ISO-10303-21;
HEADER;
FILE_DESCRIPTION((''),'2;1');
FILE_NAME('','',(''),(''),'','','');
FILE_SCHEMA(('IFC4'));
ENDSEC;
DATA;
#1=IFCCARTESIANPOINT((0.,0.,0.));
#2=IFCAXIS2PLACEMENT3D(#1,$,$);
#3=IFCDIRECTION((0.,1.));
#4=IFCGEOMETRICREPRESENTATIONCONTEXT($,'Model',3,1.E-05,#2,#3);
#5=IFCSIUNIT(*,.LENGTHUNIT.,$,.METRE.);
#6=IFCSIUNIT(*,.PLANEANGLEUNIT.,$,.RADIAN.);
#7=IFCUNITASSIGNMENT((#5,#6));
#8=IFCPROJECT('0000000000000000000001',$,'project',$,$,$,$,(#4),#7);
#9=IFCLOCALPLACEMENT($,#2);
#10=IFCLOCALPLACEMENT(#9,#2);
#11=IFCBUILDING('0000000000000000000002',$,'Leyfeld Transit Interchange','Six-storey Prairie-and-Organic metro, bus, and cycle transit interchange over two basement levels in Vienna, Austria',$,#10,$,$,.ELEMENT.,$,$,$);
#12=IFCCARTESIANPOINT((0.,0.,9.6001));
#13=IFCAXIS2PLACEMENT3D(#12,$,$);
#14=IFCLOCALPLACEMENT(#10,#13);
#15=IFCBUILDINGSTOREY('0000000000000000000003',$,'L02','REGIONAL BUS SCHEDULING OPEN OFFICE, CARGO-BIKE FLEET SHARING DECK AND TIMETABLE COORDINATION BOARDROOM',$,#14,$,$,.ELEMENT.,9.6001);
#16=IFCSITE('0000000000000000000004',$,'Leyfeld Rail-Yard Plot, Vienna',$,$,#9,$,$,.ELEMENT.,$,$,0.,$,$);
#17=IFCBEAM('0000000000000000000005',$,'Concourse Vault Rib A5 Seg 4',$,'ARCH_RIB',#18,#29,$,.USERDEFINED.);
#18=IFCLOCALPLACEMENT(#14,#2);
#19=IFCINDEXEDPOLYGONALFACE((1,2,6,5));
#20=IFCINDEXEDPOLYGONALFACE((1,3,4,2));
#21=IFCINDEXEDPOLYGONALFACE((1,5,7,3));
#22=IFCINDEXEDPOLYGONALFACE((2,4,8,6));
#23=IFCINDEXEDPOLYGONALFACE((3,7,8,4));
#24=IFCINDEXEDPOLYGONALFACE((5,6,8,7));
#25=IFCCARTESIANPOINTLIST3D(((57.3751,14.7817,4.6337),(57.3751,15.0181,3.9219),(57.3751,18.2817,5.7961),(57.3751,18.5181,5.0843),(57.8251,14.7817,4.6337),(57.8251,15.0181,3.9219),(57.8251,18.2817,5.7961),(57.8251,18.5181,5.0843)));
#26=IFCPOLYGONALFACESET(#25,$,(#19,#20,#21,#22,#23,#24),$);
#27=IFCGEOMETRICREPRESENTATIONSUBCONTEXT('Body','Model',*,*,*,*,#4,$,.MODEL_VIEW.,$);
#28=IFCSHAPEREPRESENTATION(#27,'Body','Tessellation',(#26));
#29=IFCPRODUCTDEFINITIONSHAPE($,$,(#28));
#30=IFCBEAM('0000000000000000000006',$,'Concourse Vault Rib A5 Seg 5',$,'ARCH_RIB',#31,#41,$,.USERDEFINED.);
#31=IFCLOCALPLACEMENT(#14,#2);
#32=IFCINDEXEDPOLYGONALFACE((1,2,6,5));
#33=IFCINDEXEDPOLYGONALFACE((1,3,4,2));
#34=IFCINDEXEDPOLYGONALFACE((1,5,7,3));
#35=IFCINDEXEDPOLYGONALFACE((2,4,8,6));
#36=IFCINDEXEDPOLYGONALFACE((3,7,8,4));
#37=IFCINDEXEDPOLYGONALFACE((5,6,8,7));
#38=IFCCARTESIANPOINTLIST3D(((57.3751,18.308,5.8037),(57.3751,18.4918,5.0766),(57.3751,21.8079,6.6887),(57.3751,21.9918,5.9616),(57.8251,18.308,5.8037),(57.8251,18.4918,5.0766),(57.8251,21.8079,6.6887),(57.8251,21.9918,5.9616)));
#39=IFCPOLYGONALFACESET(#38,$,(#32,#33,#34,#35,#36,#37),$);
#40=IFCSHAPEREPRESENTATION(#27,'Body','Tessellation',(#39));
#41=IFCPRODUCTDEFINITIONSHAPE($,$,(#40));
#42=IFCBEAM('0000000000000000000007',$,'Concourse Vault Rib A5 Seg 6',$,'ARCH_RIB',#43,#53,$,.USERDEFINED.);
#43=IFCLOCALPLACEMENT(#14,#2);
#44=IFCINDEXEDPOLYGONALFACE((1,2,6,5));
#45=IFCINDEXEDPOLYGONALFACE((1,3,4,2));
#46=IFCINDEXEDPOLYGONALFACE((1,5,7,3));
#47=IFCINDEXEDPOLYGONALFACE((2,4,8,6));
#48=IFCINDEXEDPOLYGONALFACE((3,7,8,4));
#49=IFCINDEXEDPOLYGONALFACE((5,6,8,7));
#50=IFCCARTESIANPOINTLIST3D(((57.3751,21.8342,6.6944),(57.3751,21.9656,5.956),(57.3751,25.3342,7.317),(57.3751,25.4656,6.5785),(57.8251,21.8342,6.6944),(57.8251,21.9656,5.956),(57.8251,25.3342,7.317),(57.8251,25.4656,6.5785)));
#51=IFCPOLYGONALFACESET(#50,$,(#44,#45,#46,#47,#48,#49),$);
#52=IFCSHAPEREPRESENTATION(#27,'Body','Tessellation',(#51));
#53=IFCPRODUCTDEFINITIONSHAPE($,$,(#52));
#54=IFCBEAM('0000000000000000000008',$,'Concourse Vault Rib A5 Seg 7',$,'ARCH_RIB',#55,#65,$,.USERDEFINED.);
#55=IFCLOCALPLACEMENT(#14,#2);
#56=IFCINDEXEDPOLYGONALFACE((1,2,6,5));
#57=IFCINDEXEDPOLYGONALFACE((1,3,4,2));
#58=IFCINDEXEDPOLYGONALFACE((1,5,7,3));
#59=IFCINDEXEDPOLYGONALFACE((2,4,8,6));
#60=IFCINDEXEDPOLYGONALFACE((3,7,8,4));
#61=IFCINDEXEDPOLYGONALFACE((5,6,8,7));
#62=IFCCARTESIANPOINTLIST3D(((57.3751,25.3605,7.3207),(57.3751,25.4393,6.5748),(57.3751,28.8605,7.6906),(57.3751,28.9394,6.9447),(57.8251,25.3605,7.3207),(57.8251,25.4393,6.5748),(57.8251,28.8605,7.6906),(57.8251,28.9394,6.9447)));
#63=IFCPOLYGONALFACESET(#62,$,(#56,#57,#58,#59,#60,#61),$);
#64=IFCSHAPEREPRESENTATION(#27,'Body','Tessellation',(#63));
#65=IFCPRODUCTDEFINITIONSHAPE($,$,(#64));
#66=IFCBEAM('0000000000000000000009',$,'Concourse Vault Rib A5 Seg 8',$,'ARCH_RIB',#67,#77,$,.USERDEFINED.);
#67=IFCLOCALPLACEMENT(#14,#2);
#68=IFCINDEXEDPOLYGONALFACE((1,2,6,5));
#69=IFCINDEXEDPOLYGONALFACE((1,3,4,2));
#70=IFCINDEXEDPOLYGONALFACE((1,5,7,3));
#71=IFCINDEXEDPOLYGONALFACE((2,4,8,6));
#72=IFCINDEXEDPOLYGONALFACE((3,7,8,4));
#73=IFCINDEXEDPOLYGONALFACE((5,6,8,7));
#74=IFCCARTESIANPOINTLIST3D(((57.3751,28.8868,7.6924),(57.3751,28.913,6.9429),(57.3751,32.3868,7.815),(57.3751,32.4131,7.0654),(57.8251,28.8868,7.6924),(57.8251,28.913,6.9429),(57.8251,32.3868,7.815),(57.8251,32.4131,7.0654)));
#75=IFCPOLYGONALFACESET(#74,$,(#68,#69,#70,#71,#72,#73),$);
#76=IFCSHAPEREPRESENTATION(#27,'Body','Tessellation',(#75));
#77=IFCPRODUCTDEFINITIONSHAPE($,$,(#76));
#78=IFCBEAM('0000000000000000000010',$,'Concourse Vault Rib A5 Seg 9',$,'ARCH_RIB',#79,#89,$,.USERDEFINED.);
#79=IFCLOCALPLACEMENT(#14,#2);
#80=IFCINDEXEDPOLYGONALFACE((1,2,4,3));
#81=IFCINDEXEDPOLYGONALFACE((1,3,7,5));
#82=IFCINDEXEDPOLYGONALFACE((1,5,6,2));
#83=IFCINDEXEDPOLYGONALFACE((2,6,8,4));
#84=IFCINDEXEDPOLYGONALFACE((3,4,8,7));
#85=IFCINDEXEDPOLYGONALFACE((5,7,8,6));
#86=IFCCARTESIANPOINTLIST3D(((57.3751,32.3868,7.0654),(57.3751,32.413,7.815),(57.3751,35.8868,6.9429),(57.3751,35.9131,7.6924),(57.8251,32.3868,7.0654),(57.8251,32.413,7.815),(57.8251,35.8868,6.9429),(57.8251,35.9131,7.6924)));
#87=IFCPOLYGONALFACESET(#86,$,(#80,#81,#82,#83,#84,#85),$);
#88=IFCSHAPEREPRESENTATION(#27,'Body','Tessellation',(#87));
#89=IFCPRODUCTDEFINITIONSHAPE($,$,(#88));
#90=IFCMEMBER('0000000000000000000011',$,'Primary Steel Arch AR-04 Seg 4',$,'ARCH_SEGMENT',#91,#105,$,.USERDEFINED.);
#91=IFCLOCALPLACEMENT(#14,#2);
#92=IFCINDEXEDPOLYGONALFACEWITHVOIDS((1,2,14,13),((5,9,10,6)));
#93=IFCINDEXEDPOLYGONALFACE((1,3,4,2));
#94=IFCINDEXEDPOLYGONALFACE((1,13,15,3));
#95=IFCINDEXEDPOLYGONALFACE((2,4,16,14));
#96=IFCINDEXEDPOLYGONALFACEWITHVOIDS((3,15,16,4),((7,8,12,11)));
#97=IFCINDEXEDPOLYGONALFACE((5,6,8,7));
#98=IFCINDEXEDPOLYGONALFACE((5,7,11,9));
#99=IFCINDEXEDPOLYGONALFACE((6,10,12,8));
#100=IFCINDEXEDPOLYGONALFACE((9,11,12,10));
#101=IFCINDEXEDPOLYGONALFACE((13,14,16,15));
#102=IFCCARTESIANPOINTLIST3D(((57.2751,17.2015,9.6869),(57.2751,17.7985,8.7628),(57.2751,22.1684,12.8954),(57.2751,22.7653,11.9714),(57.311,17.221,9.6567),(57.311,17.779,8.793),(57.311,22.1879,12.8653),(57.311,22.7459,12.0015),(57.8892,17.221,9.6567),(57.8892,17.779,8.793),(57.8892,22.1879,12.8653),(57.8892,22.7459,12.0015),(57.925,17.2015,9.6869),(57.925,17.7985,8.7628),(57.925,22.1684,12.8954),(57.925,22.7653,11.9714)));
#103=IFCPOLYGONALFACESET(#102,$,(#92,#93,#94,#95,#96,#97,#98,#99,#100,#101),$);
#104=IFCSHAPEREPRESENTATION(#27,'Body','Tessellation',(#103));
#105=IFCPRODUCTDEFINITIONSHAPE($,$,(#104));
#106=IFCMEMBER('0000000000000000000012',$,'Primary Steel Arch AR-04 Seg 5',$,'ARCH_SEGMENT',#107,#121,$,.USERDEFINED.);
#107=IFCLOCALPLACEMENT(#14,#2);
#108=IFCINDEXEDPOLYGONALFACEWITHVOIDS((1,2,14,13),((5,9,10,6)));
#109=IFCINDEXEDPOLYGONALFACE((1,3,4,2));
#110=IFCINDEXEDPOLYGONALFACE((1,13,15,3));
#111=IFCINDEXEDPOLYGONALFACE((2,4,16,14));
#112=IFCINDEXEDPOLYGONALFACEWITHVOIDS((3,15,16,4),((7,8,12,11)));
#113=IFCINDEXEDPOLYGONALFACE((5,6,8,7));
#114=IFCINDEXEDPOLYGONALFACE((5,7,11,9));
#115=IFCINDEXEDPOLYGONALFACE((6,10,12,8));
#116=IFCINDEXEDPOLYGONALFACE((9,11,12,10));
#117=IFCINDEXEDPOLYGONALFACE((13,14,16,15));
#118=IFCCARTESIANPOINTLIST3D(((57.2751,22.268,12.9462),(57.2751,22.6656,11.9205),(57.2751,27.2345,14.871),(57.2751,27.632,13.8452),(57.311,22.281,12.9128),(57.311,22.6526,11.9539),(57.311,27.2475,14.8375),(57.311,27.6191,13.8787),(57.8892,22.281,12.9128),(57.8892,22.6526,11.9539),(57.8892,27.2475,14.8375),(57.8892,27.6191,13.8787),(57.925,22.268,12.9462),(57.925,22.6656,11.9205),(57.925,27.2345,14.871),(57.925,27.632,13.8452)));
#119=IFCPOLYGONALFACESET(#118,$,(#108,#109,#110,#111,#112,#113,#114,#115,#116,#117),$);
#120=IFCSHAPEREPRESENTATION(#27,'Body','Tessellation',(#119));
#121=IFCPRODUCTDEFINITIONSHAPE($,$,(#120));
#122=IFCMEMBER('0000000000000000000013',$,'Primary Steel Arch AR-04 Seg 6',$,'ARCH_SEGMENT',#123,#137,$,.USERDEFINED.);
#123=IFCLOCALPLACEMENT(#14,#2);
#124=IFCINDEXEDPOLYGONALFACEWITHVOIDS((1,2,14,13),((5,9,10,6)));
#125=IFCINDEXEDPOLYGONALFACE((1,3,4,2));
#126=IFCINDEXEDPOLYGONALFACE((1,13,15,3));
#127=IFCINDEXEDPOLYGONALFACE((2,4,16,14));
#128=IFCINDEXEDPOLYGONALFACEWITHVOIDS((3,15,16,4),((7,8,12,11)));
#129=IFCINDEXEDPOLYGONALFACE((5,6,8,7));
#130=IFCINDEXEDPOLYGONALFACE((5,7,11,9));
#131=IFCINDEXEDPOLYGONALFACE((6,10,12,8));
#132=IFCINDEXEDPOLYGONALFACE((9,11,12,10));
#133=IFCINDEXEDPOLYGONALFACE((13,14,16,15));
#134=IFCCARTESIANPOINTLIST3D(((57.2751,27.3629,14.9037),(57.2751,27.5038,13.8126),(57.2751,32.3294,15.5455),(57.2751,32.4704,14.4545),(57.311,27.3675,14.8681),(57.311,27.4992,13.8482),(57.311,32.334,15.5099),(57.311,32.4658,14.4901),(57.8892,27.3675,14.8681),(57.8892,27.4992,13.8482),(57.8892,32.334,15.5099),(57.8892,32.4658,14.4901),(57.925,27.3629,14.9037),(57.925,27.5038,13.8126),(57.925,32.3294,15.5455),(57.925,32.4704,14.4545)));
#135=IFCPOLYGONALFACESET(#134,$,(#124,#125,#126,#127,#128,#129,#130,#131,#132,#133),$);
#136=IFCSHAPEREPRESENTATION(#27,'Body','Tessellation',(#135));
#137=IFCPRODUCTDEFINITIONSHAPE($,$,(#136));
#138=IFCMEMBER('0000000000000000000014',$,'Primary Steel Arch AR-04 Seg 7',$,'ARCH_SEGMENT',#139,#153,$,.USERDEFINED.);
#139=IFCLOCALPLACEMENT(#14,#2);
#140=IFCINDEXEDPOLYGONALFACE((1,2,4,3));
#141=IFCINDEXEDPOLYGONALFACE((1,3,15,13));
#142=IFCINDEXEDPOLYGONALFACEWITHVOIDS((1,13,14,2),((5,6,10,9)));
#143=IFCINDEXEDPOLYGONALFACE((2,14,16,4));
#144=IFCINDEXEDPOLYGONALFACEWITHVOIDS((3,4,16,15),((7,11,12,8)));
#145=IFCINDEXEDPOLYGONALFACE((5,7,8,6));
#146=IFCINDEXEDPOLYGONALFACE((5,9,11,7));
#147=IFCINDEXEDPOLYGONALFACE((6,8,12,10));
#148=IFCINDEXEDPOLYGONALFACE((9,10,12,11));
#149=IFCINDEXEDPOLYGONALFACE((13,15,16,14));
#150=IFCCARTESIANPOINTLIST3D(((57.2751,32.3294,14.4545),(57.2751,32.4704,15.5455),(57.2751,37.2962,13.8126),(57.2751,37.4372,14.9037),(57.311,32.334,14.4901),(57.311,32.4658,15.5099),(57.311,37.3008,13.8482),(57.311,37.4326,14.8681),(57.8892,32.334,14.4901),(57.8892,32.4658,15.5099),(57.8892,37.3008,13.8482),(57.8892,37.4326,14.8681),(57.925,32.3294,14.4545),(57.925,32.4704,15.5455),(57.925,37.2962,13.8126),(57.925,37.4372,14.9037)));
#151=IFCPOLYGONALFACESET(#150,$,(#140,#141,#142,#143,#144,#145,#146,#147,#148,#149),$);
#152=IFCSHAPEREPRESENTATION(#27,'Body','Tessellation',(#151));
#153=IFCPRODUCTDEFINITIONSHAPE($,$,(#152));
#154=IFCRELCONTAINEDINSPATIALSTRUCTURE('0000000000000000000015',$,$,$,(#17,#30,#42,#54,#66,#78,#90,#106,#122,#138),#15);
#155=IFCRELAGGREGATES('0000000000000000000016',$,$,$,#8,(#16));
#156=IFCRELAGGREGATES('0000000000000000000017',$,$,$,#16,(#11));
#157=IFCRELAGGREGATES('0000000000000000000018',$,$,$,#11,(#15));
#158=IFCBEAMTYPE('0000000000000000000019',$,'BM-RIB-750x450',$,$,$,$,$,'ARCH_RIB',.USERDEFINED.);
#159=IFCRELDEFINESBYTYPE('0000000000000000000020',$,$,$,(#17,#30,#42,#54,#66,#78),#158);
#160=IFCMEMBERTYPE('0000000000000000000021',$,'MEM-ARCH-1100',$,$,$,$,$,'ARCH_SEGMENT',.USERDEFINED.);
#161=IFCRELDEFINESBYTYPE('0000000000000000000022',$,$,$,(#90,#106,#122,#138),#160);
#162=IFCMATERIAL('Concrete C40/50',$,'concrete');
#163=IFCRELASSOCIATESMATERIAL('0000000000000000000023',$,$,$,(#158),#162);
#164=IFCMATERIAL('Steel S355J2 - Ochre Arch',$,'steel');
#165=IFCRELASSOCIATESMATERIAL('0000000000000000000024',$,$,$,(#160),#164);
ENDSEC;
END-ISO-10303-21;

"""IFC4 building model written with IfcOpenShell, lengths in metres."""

from ifc_helpers import new_model, si_unit, direction, frame, origin, origin_2d, place, context, subcontext, project, spatial, rectangle, hollow_rectangle, extrude, material, material_profile, profile_set, type_object, element, save


model = new_model("IFC4")

# Units and contexts
model_context = context("Model", 3, precision=1e-05, world=origin(), true_north=direction((0.0, 1.0)))
body_context = subcontext(model_context, "Body", "Model", "MODEL_VIEW")
ifc_project = project(units=[si_unit("LENGTHUNIT", "METRE"), si_unit("PLANEANGLEUNIT", "RADIAN")], contexts=[model_context])

# Site, building, storey
site_placement = place(None, origin())
site = spatial("IfcSite", under=ifc_project, at=site_placement, Name="Leyfeld Rail-Yard Plot, Vienna", CompositionType="ELEMENT", RefElevation=0.0)
building_placement = place(site_placement, origin())
building = spatial("IfcBuilding", under=site, at=building_placement, Name="Leyfeld Transit Interchange", Description="Six-storey Prairie-and-Organic metro, bus, and cycle transit interchange over two basement levels in Vienna, Austria", CompositionType="ELEMENT")
storey_placement = place(building_placement, frame((0.0, 0.0, 9.6001)))
storey = spatial("IfcBuildingStorey", under=building, at=storey_placement, Name="L02", Description="REGIONAL BUS SCHEDULING OPEN OFFICE, CARGO-BIKE FLEET SHARING DECK AND TIMETABLE COORDINATION BOARDROOM", CompositionType="ELEMENT", Elevation=9.6001)

# Beams
ifc_material_1 = material(Name="Concrete C40/50", Category="concrete")
ifc_material_profile_1 = material_profile(ifc_material_1, rectangle(XDim=0.45, YDim=0.75, at=origin_2d()), Name="RC 750x450 RIB")
ifc_profile_set_1 = profile_set([ifc_material_profile_1], Name="Concrete C40/50")
beam_type = type_object("IfcBeamType", Name="BM-RIB-750x450", ElementType="ARCH_RIB", PredefinedType="USERDEFINED", material=ifc_profile_set_1)
beam_1_placement = place(storey_placement, frame((57.6001, 14.8999, 4.2778), z_axis=(0.0, 0.949034, 0.315175), x_axis=(-1.0, 0.0, 0.0)))
element("IfcBeam", 1, at=beam_1_placement, inside=storey, type_object=beam_type, Name="Concourse Vault Rib A5 Seg 4", ObjectType="ARCH_RIB", PredefinedType="USERDEFINED", context=body_context, shape_type="SweptSolid", body=[
    extrude(rectangle(XDim=0.45, YDim=0.75, at=origin_2d()), origin(), (0.0, 0.0, 1.0), 3.688),
])
beam_2_placement = place(storey_placement, frame((57.6001, 18.3999, 5.4402), z_axis=(0.0, 0.969487, 0.245144), x_axis=(-1.0, 0.0, 0.0)))
element("IfcBeam", 2, at=beam_2_placement, inside=storey, type_object=beam_type, Name="Concourse Vault Rib A5 Seg 5", ObjectType="ARCH_RIB", PredefinedType="USERDEFINED", context=body_context, shape_type="SweptSolid", body=[
    extrude(rectangle(XDim=0.45, YDim=0.75, at=origin_2d()), origin(), (0.0, 0.0, 1.0), 3.6101),
])
beam_3_placement = place(storey_placement, frame((57.6001, 21.8999, 6.3252), z_axis=(0.0, 0.984546, 0.175125), x_axis=(-1.0, 0.0, 0.0)))
element("IfcBeam", 3, at=beam_3_placement, inside=storey, type_object=beam_type, Name="Concourse Vault Rib A5 Seg 6", ObjectType="ARCH_RIB", PredefinedType="USERDEFINED", context=body_context, shape_type="SweptSolid", body=[
    extrude(rectangle(XDim=0.45, YDim=0.75, at=origin_2d()), origin(), (0.0, 0.0, 1.0), 3.5549),
])
beam_4_placement = place(storey_placement, frame((57.6001, 25.3999, 6.9478), z_axis=(0.0, 0.994462, 0.105093), x_axis=(-1.0, 0.0, 0.0)))
element("IfcBeam", 4, at=beam_4_placement, inside=storey, type_object=beam_type, Name="Concourse Vault Rib A5 Seg 7", ObjectType="ARCH_RIB", PredefinedType="USERDEFINED", context=body_context, shape_type="SweptSolid", body=[
    extrude(rectangle(XDim=0.45, YDim=0.75, at=origin_2d()), origin(), (0.0, 0.0, 1.0), 3.5195),
])
for number, where, z_axis, x_axis, name in (
    (5, (57.6001, 28.8999, 7.3176), (0.0, 0.999387, 0.034995), (-1.0, 0.0, 0.0), "Concourse Vault Rib A5 Seg 8"),
    (6, (57.6001, 32.3999, 7.4402), (0.0, 0.999387, -0.034995), (-1.0, 0.0, 0.0), "Concourse Vault Rib A5 Seg 9"),
):
    element("IfcBeam", number, at=place(storey_placement, frame(where, z_axis=z_axis, x_axis=x_axis)), inside=storey, type_object=beam_type, Name=name, ObjectType="ARCH_RIB", PredefinedType="USERDEFINED", context=body_context, shape_type="SweptSolid", body=[
        extrude(rectangle(XDim=0.45, YDim=0.75, at=origin_2d()), origin(), (0.0, 0.0, 1.0), 3.5022),
    ])

# Members
ifc_material_2 = material(Name="Steel S355J2 - Ochre Arch", Category="steel")
ifc_material_profile_2 = material_profile(ifc_material_2, hollow_rectangle(XDim=0.6499, YDim=1.1001, WallThickness=0.0359, at=origin_2d()), Name="RHS 1100x650x36")
ifc_profile_set_2 = profile_set([ifc_material_profile_2], Name="Steel S355J2 - Ochre Arch")
member_type_1 = type_object("IfcMemberType", Name="MEM-ARCH-1100", ElementType="ARCH_SEGMENT", PredefinedType="USERDEFINED", material=ifc_profile_set_2)
member_1_placement = place(storey_placement, frame((57.6001, 17.5, 9.2249), z_axis=(0.0, 0.83998, 0.542618), x_axis=(-1.0, 0.0, 0.0)))
element("IfcMember", 7, at=member_1_placement, inside=storey, type_object=member_type_1, Name="Primary Steel Arch AR-04 Seg 4", ObjectType="ARCH_SEGMENT", PredefinedType="USERDEFINED", context=body_context, shape_type="SweptSolid", body=[
    extrude(hollow_rectangle(XDim=0.6499, YDim=1.1001, WallThickness=0.0359, at=origin_2d()), origin(), (0.0, 0.0, 1.0), 5.9131),
])
member_2_placement = place(storey_placement, frame((57.6001, 22.4668, 12.4333), z_axis=(0.0, 0.932425, 0.361364), x_axis=(-1.0, 0.0, 0.0)))
element("IfcMember", 8, at=member_2_placement, inside=storey, type_object=member_type_1, Name="Primary Steel Arch AR-04 Seg 5", ObjectType="ARCH_SEGMENT", PredefinedType="USERDEFINED", context=body_context, shape_type="SweptSolid", body=[
    extrude(hollow_rectangle(XDim=0.6499, YDim=1.1001, WallThickness=0.0359, at=origin_2d()), origin(), (0.0, 0.0, 1.0), 5.3264),
])
member_3_placement = place(storey_placement, frame((57.6001, 27.4333, 14.3582), z_axis=(0.0, 0.991752, 0.128168), x_axis=(-1.0, 0.0, 0.0)))
element("IfcMember", 9, at=member_3_placement, inside=storey, type_object=member_type_1, Name="Primary Steel Arch AR-04 Seg 6", ObjectType="ARCH_SEGMENT", PredefinedType="USERDEFINED", context=body_context, shape_type="SweptSolid", body=[
    extrude(hollow_rectangle(XDim=0.6499, YDim=1.1001, WallThickness=0.0359, at=origin_2d()), origin(), (0.0, 0.0, 1.0), 5.0078),
])
member_4_placement = place(storey_placement, frame((57.6001, 32.3999, 15.0), z_axis=(0.0, 0.991753, -0.128162), x_axis=(-1.0, 0.0, 0.0)))
element("IfcMember", 10, at=member_4_placement, inside=storey, type_object=member_type_1, Name="Primary Steel Arch AR-04 Seg 7", ObjectType="ARCH_SEGMENT", PredefinedType="USERDEFINED", context=body_context, shape_type="SweptSolid", body=[
    extrude(hollow_rectangle(XDim=0.6499, YDim=1.1001, WallThickness=0.0359, at=origin_2d()), origin(), (0.0, 0.0, 1.0), 5.0081),
])

save(model, "model.ifc")
